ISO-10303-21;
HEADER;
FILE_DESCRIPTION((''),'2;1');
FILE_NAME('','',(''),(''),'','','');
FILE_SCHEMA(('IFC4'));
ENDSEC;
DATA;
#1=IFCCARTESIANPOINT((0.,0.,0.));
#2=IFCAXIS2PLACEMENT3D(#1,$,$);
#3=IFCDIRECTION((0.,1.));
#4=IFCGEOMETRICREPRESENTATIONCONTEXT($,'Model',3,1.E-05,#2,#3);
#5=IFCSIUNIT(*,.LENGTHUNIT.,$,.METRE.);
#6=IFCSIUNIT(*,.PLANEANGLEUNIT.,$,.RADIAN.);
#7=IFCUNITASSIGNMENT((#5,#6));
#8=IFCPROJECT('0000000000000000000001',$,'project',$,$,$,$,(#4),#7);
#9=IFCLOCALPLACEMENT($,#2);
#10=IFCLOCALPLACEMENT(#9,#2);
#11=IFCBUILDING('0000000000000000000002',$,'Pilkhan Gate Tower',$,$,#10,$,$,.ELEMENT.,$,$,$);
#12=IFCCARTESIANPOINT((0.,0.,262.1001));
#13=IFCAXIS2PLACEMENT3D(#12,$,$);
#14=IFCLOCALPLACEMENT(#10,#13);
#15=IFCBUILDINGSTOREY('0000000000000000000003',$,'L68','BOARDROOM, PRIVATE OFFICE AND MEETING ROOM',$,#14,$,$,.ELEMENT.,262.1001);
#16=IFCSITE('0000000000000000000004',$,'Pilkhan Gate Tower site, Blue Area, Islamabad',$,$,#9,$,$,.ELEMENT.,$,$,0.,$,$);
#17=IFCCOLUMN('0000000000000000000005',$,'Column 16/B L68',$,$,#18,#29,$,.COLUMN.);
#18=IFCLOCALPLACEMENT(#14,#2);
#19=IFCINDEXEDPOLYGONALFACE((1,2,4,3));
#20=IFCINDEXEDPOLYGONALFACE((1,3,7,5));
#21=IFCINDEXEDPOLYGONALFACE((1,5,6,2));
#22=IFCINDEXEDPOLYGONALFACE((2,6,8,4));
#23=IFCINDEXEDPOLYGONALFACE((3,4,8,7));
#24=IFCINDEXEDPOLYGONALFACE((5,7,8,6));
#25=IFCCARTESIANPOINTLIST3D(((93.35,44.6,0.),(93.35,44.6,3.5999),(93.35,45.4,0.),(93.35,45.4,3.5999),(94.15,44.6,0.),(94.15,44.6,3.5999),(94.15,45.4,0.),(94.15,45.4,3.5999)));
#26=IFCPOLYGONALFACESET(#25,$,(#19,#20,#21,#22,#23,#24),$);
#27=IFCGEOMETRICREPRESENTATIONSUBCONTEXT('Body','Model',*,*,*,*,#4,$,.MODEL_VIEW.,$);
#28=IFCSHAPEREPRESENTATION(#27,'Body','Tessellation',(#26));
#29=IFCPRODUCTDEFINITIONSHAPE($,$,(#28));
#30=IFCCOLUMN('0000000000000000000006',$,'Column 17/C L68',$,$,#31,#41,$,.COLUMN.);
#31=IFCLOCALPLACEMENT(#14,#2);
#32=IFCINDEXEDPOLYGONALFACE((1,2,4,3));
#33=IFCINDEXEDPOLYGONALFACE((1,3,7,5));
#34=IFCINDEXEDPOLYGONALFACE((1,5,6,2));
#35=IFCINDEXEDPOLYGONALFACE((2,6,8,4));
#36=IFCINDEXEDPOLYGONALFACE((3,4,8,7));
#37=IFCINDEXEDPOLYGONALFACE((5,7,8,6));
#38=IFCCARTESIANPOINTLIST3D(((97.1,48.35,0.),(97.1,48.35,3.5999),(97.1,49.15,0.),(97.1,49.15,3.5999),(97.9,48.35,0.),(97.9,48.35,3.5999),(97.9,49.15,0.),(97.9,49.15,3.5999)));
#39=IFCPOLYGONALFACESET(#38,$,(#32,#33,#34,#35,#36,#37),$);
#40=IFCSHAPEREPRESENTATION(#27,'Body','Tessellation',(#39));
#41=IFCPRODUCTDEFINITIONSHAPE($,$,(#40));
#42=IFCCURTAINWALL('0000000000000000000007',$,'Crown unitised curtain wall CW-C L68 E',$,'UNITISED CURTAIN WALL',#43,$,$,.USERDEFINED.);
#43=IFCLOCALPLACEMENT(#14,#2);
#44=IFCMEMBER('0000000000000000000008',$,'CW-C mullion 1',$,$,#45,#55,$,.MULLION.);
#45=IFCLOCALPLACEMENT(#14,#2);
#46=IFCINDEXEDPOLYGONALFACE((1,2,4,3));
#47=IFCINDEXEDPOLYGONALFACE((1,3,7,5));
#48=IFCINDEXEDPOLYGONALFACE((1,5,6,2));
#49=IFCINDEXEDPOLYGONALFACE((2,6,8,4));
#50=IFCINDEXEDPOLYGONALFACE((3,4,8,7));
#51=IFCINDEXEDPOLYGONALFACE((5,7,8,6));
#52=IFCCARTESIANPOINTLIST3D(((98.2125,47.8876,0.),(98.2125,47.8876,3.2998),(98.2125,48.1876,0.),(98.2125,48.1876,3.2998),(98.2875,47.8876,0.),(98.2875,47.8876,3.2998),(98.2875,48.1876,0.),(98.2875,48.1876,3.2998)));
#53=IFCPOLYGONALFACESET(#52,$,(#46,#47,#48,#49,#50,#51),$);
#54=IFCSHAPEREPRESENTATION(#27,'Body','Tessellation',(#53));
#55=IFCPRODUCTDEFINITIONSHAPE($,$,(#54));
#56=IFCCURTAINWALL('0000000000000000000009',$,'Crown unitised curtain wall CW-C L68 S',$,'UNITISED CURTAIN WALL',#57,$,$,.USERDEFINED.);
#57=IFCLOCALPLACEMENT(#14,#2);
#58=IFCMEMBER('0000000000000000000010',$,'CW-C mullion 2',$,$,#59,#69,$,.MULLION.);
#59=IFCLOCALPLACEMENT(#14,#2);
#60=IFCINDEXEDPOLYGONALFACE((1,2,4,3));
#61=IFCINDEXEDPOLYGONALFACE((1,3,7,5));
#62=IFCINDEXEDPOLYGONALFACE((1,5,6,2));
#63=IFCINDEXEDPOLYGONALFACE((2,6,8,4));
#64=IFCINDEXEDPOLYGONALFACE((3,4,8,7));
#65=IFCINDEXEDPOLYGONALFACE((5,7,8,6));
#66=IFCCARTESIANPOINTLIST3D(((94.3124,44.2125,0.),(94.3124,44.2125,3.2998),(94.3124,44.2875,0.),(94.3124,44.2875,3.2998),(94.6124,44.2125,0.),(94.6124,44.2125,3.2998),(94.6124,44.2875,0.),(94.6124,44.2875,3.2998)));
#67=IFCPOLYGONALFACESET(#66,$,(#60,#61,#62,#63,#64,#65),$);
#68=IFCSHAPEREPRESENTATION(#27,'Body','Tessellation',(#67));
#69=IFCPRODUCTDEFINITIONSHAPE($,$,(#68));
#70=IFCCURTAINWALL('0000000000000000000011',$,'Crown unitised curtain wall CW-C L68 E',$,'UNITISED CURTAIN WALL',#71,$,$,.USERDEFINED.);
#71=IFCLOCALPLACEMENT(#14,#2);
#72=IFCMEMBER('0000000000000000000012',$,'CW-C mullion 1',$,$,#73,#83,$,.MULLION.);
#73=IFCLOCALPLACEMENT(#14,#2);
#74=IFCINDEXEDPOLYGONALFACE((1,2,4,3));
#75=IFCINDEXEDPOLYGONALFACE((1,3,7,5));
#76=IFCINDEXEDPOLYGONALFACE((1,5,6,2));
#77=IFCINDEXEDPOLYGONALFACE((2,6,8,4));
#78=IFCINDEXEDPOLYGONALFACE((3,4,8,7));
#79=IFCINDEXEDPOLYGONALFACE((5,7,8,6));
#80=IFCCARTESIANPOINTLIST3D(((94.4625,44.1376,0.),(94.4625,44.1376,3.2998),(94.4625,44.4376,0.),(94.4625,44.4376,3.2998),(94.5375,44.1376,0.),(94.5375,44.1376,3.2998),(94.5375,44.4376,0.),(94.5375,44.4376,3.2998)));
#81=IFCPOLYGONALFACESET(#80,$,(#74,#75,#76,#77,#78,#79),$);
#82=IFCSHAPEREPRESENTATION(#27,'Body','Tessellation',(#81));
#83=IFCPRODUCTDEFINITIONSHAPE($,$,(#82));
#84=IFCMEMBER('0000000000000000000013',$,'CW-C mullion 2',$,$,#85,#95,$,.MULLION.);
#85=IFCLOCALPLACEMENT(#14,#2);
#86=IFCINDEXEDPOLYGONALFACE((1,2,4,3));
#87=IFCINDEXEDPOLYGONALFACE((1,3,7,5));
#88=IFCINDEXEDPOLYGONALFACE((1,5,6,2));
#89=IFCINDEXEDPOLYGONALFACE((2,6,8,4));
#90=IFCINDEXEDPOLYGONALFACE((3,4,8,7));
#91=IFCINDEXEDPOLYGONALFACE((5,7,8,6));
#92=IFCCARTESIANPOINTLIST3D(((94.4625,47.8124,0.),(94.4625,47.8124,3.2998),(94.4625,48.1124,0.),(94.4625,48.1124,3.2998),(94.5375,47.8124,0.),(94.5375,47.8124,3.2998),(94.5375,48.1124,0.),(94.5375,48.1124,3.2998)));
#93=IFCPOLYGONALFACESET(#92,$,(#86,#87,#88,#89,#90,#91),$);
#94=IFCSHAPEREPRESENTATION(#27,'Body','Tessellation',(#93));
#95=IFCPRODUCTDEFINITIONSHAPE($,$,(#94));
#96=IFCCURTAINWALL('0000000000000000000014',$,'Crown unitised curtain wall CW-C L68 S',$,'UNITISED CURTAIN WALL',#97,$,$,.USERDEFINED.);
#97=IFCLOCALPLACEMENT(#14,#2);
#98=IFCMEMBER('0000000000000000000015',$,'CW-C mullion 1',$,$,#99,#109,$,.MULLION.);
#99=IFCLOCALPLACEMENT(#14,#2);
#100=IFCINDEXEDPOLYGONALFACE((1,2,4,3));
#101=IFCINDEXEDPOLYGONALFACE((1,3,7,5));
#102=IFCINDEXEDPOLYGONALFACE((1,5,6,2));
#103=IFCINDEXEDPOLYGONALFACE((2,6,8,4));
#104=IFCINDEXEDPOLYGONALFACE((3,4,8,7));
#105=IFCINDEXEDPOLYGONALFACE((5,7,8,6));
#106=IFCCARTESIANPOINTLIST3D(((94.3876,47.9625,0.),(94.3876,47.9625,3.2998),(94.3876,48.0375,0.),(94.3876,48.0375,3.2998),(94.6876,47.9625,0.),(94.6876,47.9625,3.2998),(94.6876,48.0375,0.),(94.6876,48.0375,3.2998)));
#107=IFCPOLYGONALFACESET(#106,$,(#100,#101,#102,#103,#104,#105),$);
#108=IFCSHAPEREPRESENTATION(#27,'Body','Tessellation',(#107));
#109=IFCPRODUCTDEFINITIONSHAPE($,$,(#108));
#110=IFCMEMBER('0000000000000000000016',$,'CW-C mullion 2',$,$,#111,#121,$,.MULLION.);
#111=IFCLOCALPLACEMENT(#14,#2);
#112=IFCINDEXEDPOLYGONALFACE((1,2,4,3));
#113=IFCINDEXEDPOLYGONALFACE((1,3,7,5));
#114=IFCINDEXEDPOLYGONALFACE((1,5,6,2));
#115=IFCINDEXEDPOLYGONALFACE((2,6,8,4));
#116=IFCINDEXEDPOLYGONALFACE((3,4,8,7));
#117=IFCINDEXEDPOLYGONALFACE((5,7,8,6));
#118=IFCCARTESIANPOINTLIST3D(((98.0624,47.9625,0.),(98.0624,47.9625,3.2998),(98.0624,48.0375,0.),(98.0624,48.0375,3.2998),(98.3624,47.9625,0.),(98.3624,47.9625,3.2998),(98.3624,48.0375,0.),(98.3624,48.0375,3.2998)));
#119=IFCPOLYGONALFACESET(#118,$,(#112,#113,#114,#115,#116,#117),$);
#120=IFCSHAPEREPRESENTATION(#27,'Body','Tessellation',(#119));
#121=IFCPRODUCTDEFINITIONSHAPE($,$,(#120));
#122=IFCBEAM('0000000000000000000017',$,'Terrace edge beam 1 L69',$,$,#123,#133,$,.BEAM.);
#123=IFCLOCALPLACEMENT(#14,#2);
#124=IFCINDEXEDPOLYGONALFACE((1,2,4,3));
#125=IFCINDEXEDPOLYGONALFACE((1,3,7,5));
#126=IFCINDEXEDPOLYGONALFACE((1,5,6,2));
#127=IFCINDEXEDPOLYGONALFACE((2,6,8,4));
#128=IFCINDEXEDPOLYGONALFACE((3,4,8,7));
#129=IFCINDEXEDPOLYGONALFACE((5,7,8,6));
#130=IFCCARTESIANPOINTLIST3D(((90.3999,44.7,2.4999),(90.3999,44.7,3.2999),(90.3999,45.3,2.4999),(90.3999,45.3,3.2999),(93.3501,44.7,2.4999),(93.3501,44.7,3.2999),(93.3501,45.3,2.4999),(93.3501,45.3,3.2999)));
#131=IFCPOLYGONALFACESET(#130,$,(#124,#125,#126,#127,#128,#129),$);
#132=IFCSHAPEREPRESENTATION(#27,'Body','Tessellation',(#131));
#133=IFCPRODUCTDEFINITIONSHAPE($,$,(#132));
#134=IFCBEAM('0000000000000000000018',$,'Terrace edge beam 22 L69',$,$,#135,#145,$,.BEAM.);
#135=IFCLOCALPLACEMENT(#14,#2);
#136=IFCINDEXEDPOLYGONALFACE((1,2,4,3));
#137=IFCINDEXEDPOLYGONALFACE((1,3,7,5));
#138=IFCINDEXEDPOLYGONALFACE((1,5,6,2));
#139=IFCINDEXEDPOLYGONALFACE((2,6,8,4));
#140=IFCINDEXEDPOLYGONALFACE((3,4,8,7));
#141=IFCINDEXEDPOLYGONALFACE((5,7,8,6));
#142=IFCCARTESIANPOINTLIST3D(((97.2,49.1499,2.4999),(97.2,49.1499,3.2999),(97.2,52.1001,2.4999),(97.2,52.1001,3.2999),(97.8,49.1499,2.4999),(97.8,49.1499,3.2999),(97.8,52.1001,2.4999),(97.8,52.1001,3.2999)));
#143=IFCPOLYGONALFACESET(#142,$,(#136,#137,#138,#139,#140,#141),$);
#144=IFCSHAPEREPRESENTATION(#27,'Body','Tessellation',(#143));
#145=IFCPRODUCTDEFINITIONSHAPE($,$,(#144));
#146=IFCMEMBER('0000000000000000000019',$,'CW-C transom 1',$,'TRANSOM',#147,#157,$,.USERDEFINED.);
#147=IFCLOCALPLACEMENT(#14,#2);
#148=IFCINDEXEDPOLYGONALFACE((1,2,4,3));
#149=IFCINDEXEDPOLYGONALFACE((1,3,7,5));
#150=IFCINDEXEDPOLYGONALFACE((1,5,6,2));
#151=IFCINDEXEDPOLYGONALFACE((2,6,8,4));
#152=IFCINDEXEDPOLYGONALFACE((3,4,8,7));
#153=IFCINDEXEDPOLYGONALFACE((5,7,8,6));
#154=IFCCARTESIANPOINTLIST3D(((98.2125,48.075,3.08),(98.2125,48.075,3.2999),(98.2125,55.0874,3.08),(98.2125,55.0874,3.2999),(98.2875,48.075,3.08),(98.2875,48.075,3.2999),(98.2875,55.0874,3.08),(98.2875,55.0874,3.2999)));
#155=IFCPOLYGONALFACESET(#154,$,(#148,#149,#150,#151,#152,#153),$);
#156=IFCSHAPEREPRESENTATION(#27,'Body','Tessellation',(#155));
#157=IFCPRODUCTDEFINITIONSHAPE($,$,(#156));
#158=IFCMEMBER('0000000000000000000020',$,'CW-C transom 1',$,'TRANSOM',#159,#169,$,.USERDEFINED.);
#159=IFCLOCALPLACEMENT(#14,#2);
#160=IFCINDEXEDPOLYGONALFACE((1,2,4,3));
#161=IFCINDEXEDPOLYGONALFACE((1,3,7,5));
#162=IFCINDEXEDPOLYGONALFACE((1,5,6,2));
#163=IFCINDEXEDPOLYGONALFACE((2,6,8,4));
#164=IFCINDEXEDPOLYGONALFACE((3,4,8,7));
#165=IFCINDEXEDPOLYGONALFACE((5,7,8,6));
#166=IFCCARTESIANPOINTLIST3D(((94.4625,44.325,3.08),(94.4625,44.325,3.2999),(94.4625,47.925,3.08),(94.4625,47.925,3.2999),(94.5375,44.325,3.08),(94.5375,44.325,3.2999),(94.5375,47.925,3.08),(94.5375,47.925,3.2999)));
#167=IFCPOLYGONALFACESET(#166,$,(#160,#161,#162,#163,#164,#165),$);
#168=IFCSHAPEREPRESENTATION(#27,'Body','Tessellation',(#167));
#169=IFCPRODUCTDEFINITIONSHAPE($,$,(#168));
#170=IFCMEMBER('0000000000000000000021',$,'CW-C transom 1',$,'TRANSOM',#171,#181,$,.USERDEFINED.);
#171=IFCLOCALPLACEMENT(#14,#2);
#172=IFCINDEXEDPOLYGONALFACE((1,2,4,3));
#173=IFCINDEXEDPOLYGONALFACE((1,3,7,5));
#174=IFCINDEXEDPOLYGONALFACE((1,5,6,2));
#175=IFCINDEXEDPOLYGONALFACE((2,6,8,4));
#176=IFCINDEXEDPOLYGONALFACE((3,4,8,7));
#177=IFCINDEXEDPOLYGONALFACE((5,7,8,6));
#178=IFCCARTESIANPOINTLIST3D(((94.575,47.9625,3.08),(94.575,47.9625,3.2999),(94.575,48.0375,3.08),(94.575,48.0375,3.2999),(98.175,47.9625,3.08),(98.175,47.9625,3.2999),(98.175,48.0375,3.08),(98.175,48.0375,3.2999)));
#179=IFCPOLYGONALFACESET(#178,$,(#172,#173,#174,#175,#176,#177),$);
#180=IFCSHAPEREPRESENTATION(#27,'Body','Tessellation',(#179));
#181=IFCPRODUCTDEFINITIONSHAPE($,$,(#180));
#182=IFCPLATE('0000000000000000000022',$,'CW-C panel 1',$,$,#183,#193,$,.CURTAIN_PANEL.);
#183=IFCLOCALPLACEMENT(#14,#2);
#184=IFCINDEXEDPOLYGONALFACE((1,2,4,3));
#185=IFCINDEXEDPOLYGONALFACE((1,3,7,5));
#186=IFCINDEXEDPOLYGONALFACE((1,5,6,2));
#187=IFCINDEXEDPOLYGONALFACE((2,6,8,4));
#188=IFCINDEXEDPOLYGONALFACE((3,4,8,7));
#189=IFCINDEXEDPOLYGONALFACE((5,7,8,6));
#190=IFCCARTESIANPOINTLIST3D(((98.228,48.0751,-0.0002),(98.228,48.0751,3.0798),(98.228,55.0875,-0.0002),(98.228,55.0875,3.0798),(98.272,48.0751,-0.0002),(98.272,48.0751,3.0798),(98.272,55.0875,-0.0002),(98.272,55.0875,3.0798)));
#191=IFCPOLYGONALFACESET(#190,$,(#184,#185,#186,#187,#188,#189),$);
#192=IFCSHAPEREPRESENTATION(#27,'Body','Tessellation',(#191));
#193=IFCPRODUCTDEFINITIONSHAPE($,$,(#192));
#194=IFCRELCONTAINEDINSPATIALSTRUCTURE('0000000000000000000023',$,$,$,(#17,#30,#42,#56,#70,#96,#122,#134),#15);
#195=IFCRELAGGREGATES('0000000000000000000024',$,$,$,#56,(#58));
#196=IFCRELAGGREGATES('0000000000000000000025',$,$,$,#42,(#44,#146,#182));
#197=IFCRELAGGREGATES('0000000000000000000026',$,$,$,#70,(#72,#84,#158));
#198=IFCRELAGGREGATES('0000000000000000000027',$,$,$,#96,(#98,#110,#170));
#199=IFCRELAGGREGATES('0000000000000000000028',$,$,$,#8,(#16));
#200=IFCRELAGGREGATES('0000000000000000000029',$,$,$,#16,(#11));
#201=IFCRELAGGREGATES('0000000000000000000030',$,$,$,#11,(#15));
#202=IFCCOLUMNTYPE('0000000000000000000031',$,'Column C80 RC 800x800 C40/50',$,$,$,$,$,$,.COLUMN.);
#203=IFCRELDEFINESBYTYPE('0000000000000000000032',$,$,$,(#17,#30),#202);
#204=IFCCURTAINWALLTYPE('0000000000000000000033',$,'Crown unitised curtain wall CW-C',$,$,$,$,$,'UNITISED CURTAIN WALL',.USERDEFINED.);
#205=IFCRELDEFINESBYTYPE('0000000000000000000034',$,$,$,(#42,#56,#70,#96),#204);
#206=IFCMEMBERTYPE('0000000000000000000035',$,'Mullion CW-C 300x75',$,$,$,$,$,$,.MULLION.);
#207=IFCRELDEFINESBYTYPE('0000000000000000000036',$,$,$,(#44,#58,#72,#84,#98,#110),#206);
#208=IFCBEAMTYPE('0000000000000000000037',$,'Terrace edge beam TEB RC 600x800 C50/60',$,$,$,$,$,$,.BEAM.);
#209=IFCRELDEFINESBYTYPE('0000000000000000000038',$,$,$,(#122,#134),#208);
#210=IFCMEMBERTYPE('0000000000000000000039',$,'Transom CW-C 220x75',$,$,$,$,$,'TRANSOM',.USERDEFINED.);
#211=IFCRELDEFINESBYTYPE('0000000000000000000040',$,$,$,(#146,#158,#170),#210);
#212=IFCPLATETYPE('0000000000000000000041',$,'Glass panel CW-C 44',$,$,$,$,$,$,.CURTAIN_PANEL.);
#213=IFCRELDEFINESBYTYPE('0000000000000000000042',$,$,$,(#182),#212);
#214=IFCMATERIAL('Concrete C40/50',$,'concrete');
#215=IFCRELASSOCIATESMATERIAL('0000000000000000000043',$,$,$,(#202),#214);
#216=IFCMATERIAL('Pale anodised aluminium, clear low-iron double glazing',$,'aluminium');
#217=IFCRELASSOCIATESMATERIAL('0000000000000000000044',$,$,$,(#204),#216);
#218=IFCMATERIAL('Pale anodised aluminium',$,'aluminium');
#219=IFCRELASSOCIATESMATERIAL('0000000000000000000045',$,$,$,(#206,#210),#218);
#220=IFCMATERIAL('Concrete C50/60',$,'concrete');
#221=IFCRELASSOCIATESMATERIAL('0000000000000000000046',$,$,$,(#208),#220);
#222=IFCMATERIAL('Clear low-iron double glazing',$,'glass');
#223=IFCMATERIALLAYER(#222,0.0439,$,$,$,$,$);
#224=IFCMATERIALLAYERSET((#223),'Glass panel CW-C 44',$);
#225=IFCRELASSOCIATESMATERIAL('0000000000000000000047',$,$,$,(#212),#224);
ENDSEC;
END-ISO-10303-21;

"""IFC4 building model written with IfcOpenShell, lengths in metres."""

from ifc_helpers import new_model, si_unit, direction, frame, origin, origin_2d, place, context, subcontext, project, spatial, rectangle, extrude, material, layer, layer_set, material_profile, profile_set, type_object, element, aggregate, save


model = new_model("IFC4")

# Units and contexts
model_context = context("Model", 3, precision=1e-05, world=origin(), true_north=direction((0.0, 1.0)))
body_context = subcontext(model_context, "Body", "Model", "MODEL_VIEW")
ifc_project = project(units=[si_unit("LENGTHUNIT", "METRE"), si_unit("PLANEANGLEUNIT", "RADIAN")], contexts=[model_context])

# Site, building, storey
site_placement = place(None, origin())
site = spatial("IfcSite", under=ifc_project, at=site_placement, Name="Pilkhan Gate Tower site, Blue Area, Islamabad", CompositionType="ELEMENT", RefElevation=0.0)
building_placement = place(site_placement, origin())
building = spatial("IfcBuilding", under=site, at=building_placement, Name="Pilkhan Gate Tower", CompositionType="ELEMENT")
storey_placement = place(building_placement, frame((0.0, 0.0, 262.1001)))
storey = spatial("IfcBuildingStorey", under=building, at=storey_placement, Name="L68", Description="BOARDROOM, PRIVATE OFFICE AND MEETING ROOM", CompositionType="ELEMENT", Elevation=262.1001)

# Columns
ifc_material_1 = material(Name="Concrete C40/50", Category="concrete")
ifc_material_profile_1 = material_profile(ifc_material_1, rectangle(XDim=0.8, YDim=0.8, at=origin_2d()), Name="RC 800x800")
ifc_profile_set_1 = profile_set([ifc_material_profile_1], Name="Concrete C40/50")
column_type = type_object("IfcColumnType", Name="Column C80 RC 800x800 C40/50", PredefinedType="COLUMN", material=ifc_profile_set_1)
for number, where, z_axis, x_axis, name in (
    (1, (93.75, 45.0, 0.0), (0.0, 0.0, 1.0), (1.0, 0.0, 0.0), "Column 16/B L68"),
    (2, (97.5, 48.75, 0.0), (0.0, 0.0, 1.0), (1.0, 0.0, 0.0), "Column 17/C L68"),
):
    element("IfcColumn", number, at=place(storey_placement, frame(where, z_axis=z_axis, x_axis=x_axis)), inside=storey, type_object=column_type, Name=name, PredefinedType="COLUMN", context=body_context, shape_type="SweptSolid", body=[
        extrude(rectangle(XDim=0.8, YDim=0.8, at=origin_2d()), origin(), (0.0, 0.0, 1.0), 3.5999),
    ])

# Curtain walls, members
ifc_material_2 = material(Name="Pale anodised aluminium, clear low-iron double glazing", Category="aluminium")
curtain_wall_type = type_object("IfcCurtainWallType", Name="Crown unitised curtain wall CW-C", ElementType="UNITISED CURTAIN WALL", PredefinedType="USERDEFINED", material=ifc_material_2)
curtain_wall_1_placement = place(storey_placement, origin())
curtain_wall_1 = element("IfcCurtainWall", 3, at=curtain_wall_1_placement, inside=storey, type_object=curtain_wall_type, Name="Crown unitised curtain wall CW-C L68 E", ObjectType="UNITISED CURTAIN WALL", PredefinedType="USERDEFINED")
ifc_material_3 = material(Name="Pale anodised aluminium", Category="aluminium")
ifc_material_profile_2 = material_profile(ifc_material_3, rectangle(XDim=0.075, YDim=0.3, at=origin_2d()), Name="Mullion 300x75")
ifc_profile_set_2 = profile_set([ifc_material_profile_2], Name="Pale anodised aluminium")
member_type_1 = type_object("IfcMemberType", Name="Mullion CW-C 300x75", PredefinedType="MULLION", material=ifc_profile_set_2)
member_1_placement = place(storey_placement, frame((98.25, 48.0376, 0.0), z_axis=(0.0, 0.0, 1.0), x_axis=(-1.0, 0.0, 0.0)))
member_1 = element("IfcMember", 4, at=member_1_placement, type_object=member_type_1, Name="CW-C mullion 1", PredefinedType="MULLION", context=body_context, shape_type="SweptSolid", body=[
    extrude(rectangle(XDim=0.075, YDim=0.3, at=origin_2d()), origin(), (0.0, 0.0, 1.0), 3.2998),
])
curtain_wall_2_placement = place(storey_placement, origin())
curtain_wall_2 = element("IfcCurtainWall", 5, at=curtain_wall_2_placement, inside=storey, type_object=curtain_wall_type, Name="Crown unitised curtain wall CW-C L68 S", ObjectType="UNITISED CURTAIN WALL", PredefinedType="USERDEFINED")
member_2_placement = place(storey_placement, frame((94.4624, 44.25, 0.0), z_axis=(0.0, 0.0, 1.0), x_axis=(0.0, 1.0, 0.0)))
member_2 = element("IfcMember", 6, at=member_2_placement, type_object=member_type_1, Name="CW-C mullion 2", PredefinedType="MULLION", context=body_context, shape_type="SweptSolid", body=[
    extrude(rectangle(XDim=0.075, YDim=0.3, at=origin_2d()), origin(), (0.0, 0.0, 1.0), 3.2998),
])
aggregate(curtain_wall_2, [member_2])

# Curtain walls, members
curtain_wall_3_placement = place(storey_placement, origin())
curtain_wall_3 = element("IfcCurtainWall", 7, at=curtain_wall_3_placement, inside=storey, type_object=curtain_wall_type, Name="Crown unitised curtain wall CW-C L68 E", ObjectType="UNITISED CURTAIN WALL", PredefinedType="USERDEFINED")
member_3_placement = place(storey_placement, frame((94.5, 44.2876, 0.0), z_axis=(0.0, 0.0, 1.0), x_axis=(-1.0, 0.0, 0.0)))
member_3 = element("IfcMember", 8, at=member_3_placement, type_object=member_type_1, Name="CW-C mullion 1", PredefinedType="MULLION", context=body_context, shape_type="SweptSolid", body=[
    extrude(rectangle(XDim=0.075, YDim=0.3, at=origin_2d()), origin(), (0.0, 0.0, 1.0), 3.2998),
])
member_4_placement = place(storey_placement, frame((94.5, 47.9624, 0.0), z_axis=(0.0, 0.0, 1.0), x_axis=(-1.0, 0.0, 0.0)))
member_4 = element("IfcMember", 9, at=member_4_placement, type_object=member_type_1, Name="CW-C mullion 2", PredefinedType="MULLION", context=body_context, shape_type="SweptSolid", body=[
    extrude(rectangle(XDim=0.075, YDim=0.3, at=origin_2d()), origin(), (0.0, 0.0, 1.0), 3.2998),
])
curtain_wall_4_placement = place(storey_placement, origin())
curtain_wall_4 = element("IfcCurtainWall", 10, at=curtain_wall_4_placement, inside=storey, type_object=curtain_wall_type, Name="Crown unitised curtain wall CW-C L68 S", ObjectType="UNITISED CURTAIN WALL", PredefinedType="USERDEFINED")
member_5_placement = place(storey_placement, frame((94.5376, 48.0, 0.0), z_axis=(0.0, 0.0, 1.0), x_axis=(0.0, 1.0, 0.0)))
member_5 = element("IfcMember", 11, at=member_5_placement, type_object=member_type_1, Name="CW-C mullion 1", PredefinedType="MULLION", context=body_context, shape_type="SweptSolid", body=[
    extrude(rectangle(XDim=0.075, YDim=0.3, at=origin_2d()), origin(), (0.0, 0.0, 1.0), 3.2998),
])
member_6_placement = place(storey_placement, frame((98.2124, 48.0, 0.0), z_axis=(0.0, 0.0, 1.0), x_axis=(0.0, 1.0, 0.0)))
member_6 = element("IfcMember", 12, at=member_6_placement, type_object=member_type_1, Name="CW-C mullion 2", PredefinedType="MULLION", context=body_context, shape_type="SweptSolid", body=[
    extrude(rectangle(XDim=0.075, YDim=0.3, at=origin_2d()), origin(), (0.0, 0.0, 1.0), 3.2998),
])

# Beams
ifc_material_4 = material(Name="Concrete C50/60", Category="concrete")
ifc_material_profile_3 = material_profile(ifc_material_4, rectangle(XDim=0.6001, YDim=0.8, at=origin_2d()), Name="RC 600x800")
ifc_profile_set_3 = profile_set([ifc_material_profile_3], Name="Concrete C50/60")
beam_type = type_object("IfcBeamType", Name="Terrace edge beam TEB RC 600x800 C50/60", PredefinedType="BEAM", material=ifc_profile_set_3)
for number, where, z_axis, x_axis, name in (
    (13, (93.3501, 45.0, 2.8999), (-1.0, 0.0, 0.0), (0.0, -1.0, 0.0), "Terrace edge beam 1 L69"),
    (14, (97.5, 52.1001, 2.8999), (0.0, -1.0, 0.0), (1.0, 0.0, 0.0), "Terrace edge beam 22 L69"),
):
    element("IfcBeam", number, at=place(storey_placement, frame(where, z_axis=z_axis, x_axis=x_axis)), inside=storey, type_object=beam_type, Name=name, PredefinedType="BEAM", context=body_context, shape_type="SweptSolid", body=[
        extrude(rectangle(XDim=0.6001, YDim=0.8, at=origin_2d()), origin(), (0.0, 0.0, 1.0), 2.9502),
    ])

# Members
ifc_material_profile_4 = material_profile(ifc_material_3, rectangle(XDim=0.075, YDim=0.22, at=origin_2d()), Name="Transom 220x75")
ifc_profile_set_4 = profile_set([ifc_material_profile_4], Name="Pale anodised aluminium")
member_type_2 = type_object("IfcMemberType", Name="Transom CW-C 220x75", ElementType="TRANSOM", PredefinedType="USERDEFINED", material=ifc_profile_set_4)
member_7_placement = place(storey_placement, frame((98.25, 48.075, 3.1899), z_axis=(0.0, 1.0, 0.0), x_axis=(-1.0, 0.0, 0.0)))
member_7 = element("IfcMember", 15, at=member_7_placement, type_object=member_type_2, Name="CW-C transom 1", ObjectType="TRANSOM", PredefinedType="USERDEFINED", context=body_context, shape_type="SweptSolid", body=[
    extrude(rectangle(XDim=0.075, YDim=0.22, at=origin_2d()), origin(), (0.0, 0.0, 1.0), 7.0125),
])
member_8_placement = place(storey_placement, frame((94.5, 44.325, 3.1899), z_axis=(0.0, 1.0, 0.0), x_axis=(-1.0, 0.0, 0.0)))
member_8 = element("IfcMember", 16, at=member_8_placement, type_object=member_type_2, Name="CW-C transom 1", ObjectType="TRANSOM", PredefinedType="USERDEFINED", context=body_context, shape_type="SweptSolid", body=[
    extrude(rectangle(XDim=0.075, YDim=0.22, at=origin_2d()), origin(), (0.0, 0.0, 1.0), 3.6001),
])
member_9_placement = place(storey_placement, frame((94.575, 48.0, 3.1899), z_axis=(1.0, 0.0, 0.0), x_axis=(0.0, 1.0, 0.0)))
member_9 = element("IfcMember", 17, at=member_9_placement, type_object=member_type_2, Name="CW-C transom 1", ObjectType="TRANSOM", PredefinedType="USERDEFINED", context=body_context, shape_type="SweptSolid", body=[
    extrude(rectangle(XDim=0.075, YDim=0.22, at=origin_2d()), origin(), (0.0, 0.0, 1.0), 3.6001),
])

# Plate
ifc_material_5 = material(Name="Clear low-iron double glazing", Category="glass")
ifc_layer_1 = layer(ifc_material_5, 0.0439)
ifc_layer_set_1 = layer_set([ifc_layer_1], Name="Glass panel CW-C 44")
plate_type = type_object("IfcPlateType", Name="Glass panel CW-C 44", PredefinedType="CURTAIN_PANEL", material=ifc_layer_set_1)
plate_1_placement = place(storey_placement, frame((98.25, 51.5813, -0.0002), z_axis=(0.0, 0.0, 1.0), x_axis=(0.0, 1.0, 0.0)))
plate_1 = element("IfcPlate", 18, at=plate_1_placement, type_object=plate_type, Name="CW-C panel 1", PredefinedType="CURTAIN_PANEL", context=body_context, shape_type="SweptSolid", body=[
    extrude(rectangle(XDim=7.0125, YDim=0.0439, at=origin_2d()), origin(), (0.0, 0.0, 1.0), 3.0801),
])
aggregate(curtain_wall_1, [member_1, member_7, plate_1])
aggregate(curtain_wall_3, [member_3, member_4, member_8])
aggregate(curtain_wall_4, [member_5, member_6, member_9])

save(model, "model.ifc")
